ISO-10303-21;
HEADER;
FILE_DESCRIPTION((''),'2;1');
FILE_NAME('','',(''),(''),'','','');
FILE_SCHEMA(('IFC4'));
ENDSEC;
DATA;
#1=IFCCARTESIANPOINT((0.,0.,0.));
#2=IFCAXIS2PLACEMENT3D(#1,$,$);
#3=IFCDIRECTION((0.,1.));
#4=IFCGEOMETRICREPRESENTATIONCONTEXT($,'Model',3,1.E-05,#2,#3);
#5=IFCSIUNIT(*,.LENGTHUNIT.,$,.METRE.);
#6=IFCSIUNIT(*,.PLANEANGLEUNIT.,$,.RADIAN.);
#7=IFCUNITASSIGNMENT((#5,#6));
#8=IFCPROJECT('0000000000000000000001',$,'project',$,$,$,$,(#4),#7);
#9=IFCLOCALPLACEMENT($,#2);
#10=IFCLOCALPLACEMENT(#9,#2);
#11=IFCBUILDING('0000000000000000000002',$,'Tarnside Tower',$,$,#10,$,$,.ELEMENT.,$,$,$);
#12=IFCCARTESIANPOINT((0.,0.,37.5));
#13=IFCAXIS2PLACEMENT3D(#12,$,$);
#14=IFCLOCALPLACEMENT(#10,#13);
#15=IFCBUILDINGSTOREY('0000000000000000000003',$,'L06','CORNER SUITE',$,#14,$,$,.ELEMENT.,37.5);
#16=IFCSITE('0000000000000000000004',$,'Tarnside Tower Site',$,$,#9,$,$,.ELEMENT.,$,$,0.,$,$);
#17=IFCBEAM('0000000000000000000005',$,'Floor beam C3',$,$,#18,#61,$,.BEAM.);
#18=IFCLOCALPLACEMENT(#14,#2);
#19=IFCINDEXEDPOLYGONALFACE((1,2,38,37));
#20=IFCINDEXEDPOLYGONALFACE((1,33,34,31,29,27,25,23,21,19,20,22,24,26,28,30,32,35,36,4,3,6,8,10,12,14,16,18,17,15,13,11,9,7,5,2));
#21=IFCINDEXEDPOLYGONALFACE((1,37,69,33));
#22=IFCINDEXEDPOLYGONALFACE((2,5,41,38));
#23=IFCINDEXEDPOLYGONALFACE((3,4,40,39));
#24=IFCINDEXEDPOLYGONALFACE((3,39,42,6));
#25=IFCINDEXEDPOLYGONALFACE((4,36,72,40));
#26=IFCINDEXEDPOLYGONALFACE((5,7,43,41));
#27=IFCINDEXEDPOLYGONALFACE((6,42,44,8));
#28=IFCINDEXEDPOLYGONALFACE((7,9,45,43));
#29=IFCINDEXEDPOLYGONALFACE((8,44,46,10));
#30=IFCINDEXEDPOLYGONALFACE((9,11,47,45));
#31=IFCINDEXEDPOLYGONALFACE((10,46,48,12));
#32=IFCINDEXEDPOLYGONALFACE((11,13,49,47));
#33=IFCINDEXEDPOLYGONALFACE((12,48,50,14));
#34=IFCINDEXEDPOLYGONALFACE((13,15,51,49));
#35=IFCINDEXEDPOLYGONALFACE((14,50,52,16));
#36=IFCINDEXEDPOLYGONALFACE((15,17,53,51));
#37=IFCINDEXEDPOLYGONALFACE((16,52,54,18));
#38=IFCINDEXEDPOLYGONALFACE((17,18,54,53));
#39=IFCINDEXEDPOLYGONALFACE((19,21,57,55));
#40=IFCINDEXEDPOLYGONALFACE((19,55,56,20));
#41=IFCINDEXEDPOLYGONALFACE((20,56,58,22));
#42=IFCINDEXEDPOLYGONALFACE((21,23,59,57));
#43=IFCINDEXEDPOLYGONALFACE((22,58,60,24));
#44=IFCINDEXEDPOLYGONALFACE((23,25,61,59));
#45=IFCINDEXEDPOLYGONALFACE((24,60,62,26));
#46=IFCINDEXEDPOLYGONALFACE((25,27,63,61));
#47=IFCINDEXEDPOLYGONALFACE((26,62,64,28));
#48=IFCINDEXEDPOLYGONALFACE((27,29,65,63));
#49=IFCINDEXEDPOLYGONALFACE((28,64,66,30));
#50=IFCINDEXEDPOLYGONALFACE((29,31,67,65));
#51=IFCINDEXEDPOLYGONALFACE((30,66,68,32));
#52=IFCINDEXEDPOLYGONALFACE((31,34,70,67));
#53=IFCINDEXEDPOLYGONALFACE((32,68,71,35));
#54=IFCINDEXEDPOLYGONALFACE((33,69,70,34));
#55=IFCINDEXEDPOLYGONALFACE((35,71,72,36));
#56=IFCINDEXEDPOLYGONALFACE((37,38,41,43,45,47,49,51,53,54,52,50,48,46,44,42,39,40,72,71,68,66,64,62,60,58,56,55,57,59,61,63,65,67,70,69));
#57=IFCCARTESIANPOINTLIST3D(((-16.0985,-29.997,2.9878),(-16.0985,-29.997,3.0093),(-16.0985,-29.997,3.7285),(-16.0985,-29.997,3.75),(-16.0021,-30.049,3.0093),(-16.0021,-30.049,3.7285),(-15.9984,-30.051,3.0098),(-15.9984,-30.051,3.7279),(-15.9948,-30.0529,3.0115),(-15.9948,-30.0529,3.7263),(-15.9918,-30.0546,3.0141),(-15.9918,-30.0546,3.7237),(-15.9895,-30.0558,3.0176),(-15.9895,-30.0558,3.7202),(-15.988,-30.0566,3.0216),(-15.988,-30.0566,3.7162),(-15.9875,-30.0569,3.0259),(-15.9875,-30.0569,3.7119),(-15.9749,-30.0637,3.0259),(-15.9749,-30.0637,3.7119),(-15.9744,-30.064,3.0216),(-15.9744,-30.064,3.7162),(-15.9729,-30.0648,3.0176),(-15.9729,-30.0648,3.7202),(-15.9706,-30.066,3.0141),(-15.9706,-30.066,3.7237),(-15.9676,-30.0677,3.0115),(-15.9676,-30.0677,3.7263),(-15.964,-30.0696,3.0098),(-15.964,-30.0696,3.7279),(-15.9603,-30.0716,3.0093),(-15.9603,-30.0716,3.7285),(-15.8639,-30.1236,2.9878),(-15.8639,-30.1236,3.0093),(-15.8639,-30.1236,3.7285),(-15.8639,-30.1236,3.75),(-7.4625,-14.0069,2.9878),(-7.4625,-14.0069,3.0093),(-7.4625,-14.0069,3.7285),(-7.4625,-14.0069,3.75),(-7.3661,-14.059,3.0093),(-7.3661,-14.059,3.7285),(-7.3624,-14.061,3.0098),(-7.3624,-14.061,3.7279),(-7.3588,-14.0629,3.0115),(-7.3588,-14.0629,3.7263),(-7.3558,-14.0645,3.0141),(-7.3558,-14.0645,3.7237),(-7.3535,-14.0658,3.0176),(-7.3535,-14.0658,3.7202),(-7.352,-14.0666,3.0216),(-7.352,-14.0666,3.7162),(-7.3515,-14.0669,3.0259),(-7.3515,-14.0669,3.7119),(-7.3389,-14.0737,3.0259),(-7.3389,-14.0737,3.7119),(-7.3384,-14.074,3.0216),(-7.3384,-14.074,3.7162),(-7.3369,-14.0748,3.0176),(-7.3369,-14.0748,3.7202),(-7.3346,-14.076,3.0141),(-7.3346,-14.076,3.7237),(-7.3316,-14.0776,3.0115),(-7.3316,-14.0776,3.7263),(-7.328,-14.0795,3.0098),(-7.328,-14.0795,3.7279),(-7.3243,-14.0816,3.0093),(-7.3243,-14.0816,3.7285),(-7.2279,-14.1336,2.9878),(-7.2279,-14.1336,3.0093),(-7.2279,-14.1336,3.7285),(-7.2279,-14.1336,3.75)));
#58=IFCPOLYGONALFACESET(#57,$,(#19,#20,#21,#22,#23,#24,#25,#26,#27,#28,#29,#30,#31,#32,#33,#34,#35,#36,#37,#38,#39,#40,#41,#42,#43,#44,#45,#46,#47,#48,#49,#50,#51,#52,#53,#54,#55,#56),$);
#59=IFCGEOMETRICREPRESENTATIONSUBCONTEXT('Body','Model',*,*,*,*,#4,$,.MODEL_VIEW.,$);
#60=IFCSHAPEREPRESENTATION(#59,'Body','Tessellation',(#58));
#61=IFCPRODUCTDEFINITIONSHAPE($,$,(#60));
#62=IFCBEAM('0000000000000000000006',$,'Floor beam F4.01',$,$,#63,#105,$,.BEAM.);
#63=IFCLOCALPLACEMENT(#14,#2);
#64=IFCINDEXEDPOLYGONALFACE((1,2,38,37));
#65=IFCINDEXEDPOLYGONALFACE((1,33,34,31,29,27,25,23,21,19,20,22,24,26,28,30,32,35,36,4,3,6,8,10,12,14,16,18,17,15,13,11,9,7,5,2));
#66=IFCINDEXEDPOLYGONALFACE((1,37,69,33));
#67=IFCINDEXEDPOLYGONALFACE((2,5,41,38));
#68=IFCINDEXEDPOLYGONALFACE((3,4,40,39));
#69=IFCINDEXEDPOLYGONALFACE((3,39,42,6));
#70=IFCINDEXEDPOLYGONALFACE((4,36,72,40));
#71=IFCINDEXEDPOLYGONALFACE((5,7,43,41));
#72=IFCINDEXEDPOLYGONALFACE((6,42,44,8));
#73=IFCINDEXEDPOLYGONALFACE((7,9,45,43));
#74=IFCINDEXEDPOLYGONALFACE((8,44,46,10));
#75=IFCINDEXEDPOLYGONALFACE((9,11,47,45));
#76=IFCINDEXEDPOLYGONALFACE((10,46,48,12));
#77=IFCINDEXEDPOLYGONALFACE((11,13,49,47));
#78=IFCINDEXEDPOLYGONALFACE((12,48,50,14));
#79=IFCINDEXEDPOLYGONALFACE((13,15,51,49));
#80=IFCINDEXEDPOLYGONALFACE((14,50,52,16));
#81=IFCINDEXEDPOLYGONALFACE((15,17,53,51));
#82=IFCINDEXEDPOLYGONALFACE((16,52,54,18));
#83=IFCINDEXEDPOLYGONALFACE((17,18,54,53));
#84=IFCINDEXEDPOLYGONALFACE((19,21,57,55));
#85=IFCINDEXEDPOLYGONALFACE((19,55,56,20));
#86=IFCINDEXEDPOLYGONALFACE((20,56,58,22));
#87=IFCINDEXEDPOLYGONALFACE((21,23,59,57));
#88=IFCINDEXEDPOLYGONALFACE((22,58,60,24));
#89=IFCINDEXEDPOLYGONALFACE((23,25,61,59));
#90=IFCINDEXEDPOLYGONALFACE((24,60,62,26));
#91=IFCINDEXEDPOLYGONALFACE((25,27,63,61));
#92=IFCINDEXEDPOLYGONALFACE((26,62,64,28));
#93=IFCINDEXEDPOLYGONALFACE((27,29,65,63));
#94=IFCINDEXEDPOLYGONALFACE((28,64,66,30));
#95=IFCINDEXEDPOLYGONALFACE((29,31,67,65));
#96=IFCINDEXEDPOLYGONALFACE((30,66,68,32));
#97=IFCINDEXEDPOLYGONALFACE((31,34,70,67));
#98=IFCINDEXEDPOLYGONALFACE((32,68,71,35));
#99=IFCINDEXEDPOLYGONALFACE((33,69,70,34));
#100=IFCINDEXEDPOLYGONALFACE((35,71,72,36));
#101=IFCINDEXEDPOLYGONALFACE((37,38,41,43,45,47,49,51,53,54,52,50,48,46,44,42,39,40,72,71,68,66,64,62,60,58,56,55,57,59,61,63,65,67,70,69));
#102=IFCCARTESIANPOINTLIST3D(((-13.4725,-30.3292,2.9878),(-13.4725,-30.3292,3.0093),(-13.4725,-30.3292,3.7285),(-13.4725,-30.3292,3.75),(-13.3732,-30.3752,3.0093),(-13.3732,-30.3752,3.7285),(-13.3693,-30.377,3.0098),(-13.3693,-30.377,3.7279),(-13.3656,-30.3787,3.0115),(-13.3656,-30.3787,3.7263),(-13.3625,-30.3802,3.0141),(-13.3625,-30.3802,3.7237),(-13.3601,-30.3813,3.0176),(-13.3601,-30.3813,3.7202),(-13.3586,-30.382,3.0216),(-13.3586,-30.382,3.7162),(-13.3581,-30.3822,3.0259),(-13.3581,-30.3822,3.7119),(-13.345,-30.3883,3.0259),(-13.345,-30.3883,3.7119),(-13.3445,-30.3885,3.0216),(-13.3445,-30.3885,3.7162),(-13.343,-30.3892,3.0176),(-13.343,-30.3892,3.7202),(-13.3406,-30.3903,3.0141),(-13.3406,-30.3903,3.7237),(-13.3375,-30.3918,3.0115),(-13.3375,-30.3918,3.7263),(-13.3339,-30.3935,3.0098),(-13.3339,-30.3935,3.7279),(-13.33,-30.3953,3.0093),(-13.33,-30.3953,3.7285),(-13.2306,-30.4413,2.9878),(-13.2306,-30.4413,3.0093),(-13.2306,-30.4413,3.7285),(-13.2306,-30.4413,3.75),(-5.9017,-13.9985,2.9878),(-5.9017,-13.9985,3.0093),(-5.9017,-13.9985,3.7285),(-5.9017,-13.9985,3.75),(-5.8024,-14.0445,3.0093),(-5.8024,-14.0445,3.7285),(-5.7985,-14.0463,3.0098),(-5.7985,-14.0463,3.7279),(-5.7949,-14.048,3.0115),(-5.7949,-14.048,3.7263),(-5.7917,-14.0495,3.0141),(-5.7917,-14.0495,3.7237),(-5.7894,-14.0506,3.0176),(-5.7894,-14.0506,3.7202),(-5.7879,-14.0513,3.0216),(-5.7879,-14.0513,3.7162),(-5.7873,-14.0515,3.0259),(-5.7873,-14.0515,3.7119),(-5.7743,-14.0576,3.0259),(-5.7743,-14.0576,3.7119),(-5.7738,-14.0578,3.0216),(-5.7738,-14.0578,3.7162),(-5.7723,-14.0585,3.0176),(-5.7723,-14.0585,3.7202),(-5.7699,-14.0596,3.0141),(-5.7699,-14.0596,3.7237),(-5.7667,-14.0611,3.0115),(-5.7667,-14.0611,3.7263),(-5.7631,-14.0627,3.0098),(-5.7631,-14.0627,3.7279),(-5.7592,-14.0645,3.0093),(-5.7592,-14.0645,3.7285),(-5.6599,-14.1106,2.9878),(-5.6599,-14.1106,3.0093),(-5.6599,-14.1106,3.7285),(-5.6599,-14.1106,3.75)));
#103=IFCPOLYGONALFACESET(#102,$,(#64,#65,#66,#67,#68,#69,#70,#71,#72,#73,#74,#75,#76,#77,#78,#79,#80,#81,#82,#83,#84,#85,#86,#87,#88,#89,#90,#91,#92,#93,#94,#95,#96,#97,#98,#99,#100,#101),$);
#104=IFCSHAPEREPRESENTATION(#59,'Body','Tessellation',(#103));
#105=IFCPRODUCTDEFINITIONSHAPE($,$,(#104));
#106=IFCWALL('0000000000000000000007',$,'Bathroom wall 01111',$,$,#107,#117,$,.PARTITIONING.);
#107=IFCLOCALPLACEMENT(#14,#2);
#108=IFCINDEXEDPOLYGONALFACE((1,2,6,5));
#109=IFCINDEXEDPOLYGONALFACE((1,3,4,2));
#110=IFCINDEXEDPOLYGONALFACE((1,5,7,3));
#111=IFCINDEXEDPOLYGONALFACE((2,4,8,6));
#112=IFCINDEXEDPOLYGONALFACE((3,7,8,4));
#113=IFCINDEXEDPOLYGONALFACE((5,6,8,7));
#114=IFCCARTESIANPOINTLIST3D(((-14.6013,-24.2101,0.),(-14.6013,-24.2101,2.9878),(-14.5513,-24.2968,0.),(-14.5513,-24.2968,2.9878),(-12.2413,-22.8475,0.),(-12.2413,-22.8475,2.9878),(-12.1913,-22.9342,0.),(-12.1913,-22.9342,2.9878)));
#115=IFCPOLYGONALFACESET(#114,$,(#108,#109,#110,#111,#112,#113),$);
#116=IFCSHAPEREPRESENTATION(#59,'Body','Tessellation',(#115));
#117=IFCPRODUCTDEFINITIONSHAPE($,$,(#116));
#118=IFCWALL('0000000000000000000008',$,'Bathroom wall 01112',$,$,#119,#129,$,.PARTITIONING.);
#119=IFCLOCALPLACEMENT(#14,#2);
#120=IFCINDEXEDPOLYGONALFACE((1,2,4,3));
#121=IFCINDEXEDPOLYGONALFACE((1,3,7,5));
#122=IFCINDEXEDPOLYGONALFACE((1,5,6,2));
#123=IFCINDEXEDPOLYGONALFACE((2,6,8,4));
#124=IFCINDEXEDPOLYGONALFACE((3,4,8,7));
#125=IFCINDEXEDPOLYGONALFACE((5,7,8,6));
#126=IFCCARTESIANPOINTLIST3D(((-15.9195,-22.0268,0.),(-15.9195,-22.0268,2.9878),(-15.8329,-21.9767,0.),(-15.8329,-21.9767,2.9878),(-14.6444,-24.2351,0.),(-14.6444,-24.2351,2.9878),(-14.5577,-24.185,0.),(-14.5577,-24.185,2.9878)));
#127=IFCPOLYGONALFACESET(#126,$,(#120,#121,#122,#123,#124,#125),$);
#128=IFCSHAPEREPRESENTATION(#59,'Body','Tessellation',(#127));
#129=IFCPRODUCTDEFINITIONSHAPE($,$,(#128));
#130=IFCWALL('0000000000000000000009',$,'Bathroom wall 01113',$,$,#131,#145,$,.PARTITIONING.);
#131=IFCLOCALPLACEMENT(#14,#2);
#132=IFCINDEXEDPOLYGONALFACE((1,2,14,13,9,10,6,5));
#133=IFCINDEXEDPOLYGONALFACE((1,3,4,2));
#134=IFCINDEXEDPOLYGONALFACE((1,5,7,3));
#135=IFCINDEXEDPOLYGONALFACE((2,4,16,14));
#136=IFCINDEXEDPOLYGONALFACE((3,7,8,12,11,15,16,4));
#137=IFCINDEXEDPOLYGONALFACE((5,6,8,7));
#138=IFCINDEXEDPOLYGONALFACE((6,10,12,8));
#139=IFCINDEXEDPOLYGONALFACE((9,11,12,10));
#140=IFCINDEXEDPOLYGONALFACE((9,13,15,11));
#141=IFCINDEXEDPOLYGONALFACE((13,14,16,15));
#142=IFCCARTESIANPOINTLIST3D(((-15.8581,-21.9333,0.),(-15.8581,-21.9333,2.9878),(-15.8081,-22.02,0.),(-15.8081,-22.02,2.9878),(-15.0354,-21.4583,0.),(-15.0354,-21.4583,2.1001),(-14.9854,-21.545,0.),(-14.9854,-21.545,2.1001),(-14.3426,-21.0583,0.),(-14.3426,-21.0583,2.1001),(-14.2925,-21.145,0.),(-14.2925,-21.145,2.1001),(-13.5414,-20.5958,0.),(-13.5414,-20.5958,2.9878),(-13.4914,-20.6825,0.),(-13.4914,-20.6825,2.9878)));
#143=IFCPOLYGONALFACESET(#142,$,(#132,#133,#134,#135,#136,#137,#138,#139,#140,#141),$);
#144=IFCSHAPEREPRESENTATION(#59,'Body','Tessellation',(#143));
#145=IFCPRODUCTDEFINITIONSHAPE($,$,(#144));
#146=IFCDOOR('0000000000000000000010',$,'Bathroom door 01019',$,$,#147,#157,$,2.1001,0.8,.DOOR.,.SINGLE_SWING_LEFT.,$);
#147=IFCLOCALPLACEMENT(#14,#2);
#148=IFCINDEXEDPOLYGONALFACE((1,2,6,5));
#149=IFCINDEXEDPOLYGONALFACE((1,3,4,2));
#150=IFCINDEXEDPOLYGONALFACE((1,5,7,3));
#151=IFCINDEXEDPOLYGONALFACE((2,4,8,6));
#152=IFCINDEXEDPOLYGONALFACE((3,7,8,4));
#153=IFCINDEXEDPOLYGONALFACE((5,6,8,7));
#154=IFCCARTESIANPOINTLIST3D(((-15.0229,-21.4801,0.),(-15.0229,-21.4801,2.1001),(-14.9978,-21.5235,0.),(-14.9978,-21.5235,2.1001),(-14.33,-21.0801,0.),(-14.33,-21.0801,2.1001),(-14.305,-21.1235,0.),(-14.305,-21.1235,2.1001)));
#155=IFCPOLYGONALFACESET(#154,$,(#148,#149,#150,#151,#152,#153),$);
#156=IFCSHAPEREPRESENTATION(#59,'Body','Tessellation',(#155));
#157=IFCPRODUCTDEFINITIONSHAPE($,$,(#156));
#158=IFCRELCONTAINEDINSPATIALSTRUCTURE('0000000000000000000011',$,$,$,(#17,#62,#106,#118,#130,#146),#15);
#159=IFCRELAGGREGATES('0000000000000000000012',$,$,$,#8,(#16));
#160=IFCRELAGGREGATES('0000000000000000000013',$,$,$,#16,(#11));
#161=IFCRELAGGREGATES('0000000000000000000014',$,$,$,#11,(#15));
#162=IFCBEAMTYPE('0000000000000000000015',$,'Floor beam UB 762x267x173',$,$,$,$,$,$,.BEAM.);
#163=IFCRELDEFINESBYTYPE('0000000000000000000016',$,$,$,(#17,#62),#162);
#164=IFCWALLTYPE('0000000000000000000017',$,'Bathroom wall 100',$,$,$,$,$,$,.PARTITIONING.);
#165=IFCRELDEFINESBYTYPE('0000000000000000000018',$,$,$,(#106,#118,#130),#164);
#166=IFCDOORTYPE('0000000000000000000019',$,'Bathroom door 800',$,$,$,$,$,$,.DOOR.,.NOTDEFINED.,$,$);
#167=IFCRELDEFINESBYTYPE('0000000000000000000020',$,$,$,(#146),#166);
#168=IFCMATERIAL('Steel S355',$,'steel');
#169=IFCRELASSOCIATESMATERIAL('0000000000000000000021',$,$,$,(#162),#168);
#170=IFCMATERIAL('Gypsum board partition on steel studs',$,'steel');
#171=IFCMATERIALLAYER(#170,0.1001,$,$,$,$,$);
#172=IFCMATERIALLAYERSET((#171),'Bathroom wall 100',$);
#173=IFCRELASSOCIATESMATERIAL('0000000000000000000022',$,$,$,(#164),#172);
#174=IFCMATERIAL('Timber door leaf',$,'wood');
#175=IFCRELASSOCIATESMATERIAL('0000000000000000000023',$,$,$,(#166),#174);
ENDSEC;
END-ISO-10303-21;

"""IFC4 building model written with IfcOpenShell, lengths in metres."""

from ifc_helpers import new_model, si_unit, direction, frame, frame_2d, origin, origin_2d, place, context, subcontext, project, spatial, rectangle, i_section, extrude, material, layer, layer_set, material_profile, profile_set, type_object, element, fill, save


model = new_model("IFC4")

# Units and contexts
model_context = context("Model", 3, precision=1e-05, world=origin(), true_north=direction((0.0, 1.0)))
body_context = subcontext(model_context, "Body", "Model", "MODEL_VIEW")
ifc_project = project(units=[si_unit("LENGTHUNIT", "METRE"), si_unit("PLANEANGLEUNIT", "RADIAN")], contexts=[model_context])

# Site, building, storey
site_placement = place(None, origin())
site = spatial("IfcSite", under=ifc_project, at=site_placement, Name="Tarnside Tower Site", CompositionType="ELEMENT", RefElevation=0.0)
building_placement = place(site_placement, origin())
building = spatial("IfcBuilding", under=site, at=building_placement, Name="Tarnside Tower", CompositionType="ELEMENT")
storey_placement = place(building_placement, frame((0.0, 0.0, 37.5)))
storey = spatial("IfcBuildingStorey", under=building, at=storey_placement, Name="L06", Description="CORNER SUITE", CompositionType="ELEMENT", Elevation=37.5)

# Beams
ifc_material_1 = material(Name="Steel S355", Category="steel")
ifc_material_profile = material_profile(ifc_material_1, i_section(OverallWidth=0.2666, OverallDepth=0.7622, WebThickness=0.0144, FlangeThickness=0.0215, FilletRadius=0.0166, at=origin_2d()), Name="UB 762x267x173")
ifc_profile_set = profile_set([ifc_material_profile], Name="Steel S355")
beam_type = type_object("IfcBeamType", Name="Floor beam UB 762x267x173", PredefinedType="BEAM", material=ifc_profile_set)
beam_1_placement = place(storey_placement, frame((-15.9812, -30.0603, 3.3689), z_axis=(0.475208, 0.879873, 0.0), x_axis=(-0.879873, 0.475208, 0.0)))
element("IfcBeam", 1, at=beam_1_placement, inside=storey, type_object=beam_type, Name="Floor beam C3", PredefinedType="BEAM", context=body_context, shape_type="SweptSolid", body=[
    extrude(i_section(OverallWidth=0.2666, OverallDepth=0.7622, WebThickness=0.0144, FlangeThickness=0.0215, FilletRadius=0.0166, at=origin_2d()), origin(), (0.0, 0.0, 1.0), 18.1731),
])
beam_2_placement = place(storey_placement, frame((-13.3516, -30.3853, 3.3689), z_axis=(0.420592, 0.90725, 0.0), x_axis=(-0.90725, 0.420592, 0.0)))
element("IfcBeam", 2, at=beam_2_placement, inside=storey, type_object=beam_type, Name="Floor beam F4.01", PredefinedType="BEAM", context=body_context, shape_type="SweptSolid", body=[
    extrude(i_section(OverallWidth=0.2666, OverallDepth=0.7622, WebThickness=0.0144, FlangeThickness=0.0215, FilletRadius=0.0166, at=origin_2d()), origin(), (0.0, 0.0, 1.0), 18.0002),
])

# Walls
ifc_material_2 = material(Name="Gypsum board partition on steel studs", Category="steel")
ifc_layer_1 = layer(ifc_material_2, 0.1001)
ifc_layer_set_1 = layer_set([ifc_layer_1], Name="Bathroom wall 100")
wall_type_1 = type_object("IfcWallType", Name="Bathroom wall 100", PredefinedType="PARTITIONING", material=ifc_layer_set_1)
wall_1_placement = place(storey_placement, frame((-12.2163, -22.8909, 0.0), z_axis=(0.0, 0.0, 1.0), x_axis=(-0.866013, -0.500022, 0.0)))
element("IfcWall", 3, at=wall_1_placement, inside=storey, type_object=wall_type_1, Name="Bathroom wall 01111", PredefinedType="PARTITIONING", context=body_context, shape_type="SweptSolid", body=[
    extrude(rectangle(XDim=2.7251, YDim=0.1001, at=frame_2d((1.3625, 0.0))), origin(), (0.0, 0.0, 1.0), 2.9878),
])
wall_2_placement = place(storey_placement, frame((-14.6011, -24.21, 0.0), z_axis=(0.0, 0.0, 1.0), x_axis=(-0.500062, 0.865989, 0.0)))
element("IfcWall", 4, at=wall_2_placement, inside=storey, type_object=wall_type_1, Name="Bathroom wall 01112", PredefinedType="PARTITIONING", context=body_context, shape_type="SweptSolid", body=[
    extrude(rectangle(XDim=2.55, YDim=0.1001, at=frame_2d((1.2749, 0.0))), origin(), (0.0, 0.0, 1.0), 2.9878),
])

# Wall, opening, door
wall_3_placement = place(storey_placement, frame((-15.833, -21.9766, 0.0), z_axis=(0.0, 0.0, 1.0), x_axis=(0.866044, 0.499967, 0.0)))
wall_3 = element("IfcWall", 5, at=wall_3_placement, inside=storey, type_object=wall_type_1, Name="Bathroom wall 01113", PredefinedType="PARTITIONING", context=body_context, shape_type="SweptSolid", body=[
    extrude(rectangle(XDim=2.675, YDim=0.1001, at=frame_2d((1.3374, 0.0))), origin(), (0.0, 0.0, 1.0), 2.9878),
])
opening_1_placement = place(wall_3_placement, frame((0.95, 0.0, 0.0)))
opening_1 = element("IfcOpeningElement", 6, at=opening_1_placement, cuts=wall_3, PredefinedType="OPENING", context=body_context, shape_type="SweptSolid", body=[
    extrude(rectangle(XDim=0.8, YDim=2.1001, at=frame_2d((0.3999, 1.05))), frame((0.0, 0.0601, 0.0), z_axis=(0.0, -1.0, 0.0), x_axis=(1.0, 0.0, 0.0)), (0.0, 0.0, 1.0), 0.1201),
])
ifc_material_3 = material(Name="Timber door leaf", Category="wood")
door_type_1 = type_object("IfcDoorType", Name="Bathroom door 800", OperationType="NOTDEFINED", PredefinedType="DOOR", material=ifc_material_3)
door_1_placement = place(opening_1_placement, origin())
door_1 = element("IfcDoor", 7, at=door_1_placement, inside=storey, type_object=door_type_1, Name="Bathroom door 01019", OperationType="SINGLE_SWING_LEFT", OverallHeight=2.1001, OverallWidth=0.8, PredefinedType="DOOR", context=body_context, shape_type="SweptSolid", body=[
    extrude(rectangle(XDim=0.8, YDim=2.1001, at=frame_2d((0.3999, 1.05))), frame((0.0, 0.0249, 0.0), z_axis=(0.0, -1.0, 0.0), x_axis=(1.0, 0.0, 0.0)), (0.0, 0.0, 1.0), 0.05),
])
fill(opening_1, door_1)

save(model, "model.ifc")
